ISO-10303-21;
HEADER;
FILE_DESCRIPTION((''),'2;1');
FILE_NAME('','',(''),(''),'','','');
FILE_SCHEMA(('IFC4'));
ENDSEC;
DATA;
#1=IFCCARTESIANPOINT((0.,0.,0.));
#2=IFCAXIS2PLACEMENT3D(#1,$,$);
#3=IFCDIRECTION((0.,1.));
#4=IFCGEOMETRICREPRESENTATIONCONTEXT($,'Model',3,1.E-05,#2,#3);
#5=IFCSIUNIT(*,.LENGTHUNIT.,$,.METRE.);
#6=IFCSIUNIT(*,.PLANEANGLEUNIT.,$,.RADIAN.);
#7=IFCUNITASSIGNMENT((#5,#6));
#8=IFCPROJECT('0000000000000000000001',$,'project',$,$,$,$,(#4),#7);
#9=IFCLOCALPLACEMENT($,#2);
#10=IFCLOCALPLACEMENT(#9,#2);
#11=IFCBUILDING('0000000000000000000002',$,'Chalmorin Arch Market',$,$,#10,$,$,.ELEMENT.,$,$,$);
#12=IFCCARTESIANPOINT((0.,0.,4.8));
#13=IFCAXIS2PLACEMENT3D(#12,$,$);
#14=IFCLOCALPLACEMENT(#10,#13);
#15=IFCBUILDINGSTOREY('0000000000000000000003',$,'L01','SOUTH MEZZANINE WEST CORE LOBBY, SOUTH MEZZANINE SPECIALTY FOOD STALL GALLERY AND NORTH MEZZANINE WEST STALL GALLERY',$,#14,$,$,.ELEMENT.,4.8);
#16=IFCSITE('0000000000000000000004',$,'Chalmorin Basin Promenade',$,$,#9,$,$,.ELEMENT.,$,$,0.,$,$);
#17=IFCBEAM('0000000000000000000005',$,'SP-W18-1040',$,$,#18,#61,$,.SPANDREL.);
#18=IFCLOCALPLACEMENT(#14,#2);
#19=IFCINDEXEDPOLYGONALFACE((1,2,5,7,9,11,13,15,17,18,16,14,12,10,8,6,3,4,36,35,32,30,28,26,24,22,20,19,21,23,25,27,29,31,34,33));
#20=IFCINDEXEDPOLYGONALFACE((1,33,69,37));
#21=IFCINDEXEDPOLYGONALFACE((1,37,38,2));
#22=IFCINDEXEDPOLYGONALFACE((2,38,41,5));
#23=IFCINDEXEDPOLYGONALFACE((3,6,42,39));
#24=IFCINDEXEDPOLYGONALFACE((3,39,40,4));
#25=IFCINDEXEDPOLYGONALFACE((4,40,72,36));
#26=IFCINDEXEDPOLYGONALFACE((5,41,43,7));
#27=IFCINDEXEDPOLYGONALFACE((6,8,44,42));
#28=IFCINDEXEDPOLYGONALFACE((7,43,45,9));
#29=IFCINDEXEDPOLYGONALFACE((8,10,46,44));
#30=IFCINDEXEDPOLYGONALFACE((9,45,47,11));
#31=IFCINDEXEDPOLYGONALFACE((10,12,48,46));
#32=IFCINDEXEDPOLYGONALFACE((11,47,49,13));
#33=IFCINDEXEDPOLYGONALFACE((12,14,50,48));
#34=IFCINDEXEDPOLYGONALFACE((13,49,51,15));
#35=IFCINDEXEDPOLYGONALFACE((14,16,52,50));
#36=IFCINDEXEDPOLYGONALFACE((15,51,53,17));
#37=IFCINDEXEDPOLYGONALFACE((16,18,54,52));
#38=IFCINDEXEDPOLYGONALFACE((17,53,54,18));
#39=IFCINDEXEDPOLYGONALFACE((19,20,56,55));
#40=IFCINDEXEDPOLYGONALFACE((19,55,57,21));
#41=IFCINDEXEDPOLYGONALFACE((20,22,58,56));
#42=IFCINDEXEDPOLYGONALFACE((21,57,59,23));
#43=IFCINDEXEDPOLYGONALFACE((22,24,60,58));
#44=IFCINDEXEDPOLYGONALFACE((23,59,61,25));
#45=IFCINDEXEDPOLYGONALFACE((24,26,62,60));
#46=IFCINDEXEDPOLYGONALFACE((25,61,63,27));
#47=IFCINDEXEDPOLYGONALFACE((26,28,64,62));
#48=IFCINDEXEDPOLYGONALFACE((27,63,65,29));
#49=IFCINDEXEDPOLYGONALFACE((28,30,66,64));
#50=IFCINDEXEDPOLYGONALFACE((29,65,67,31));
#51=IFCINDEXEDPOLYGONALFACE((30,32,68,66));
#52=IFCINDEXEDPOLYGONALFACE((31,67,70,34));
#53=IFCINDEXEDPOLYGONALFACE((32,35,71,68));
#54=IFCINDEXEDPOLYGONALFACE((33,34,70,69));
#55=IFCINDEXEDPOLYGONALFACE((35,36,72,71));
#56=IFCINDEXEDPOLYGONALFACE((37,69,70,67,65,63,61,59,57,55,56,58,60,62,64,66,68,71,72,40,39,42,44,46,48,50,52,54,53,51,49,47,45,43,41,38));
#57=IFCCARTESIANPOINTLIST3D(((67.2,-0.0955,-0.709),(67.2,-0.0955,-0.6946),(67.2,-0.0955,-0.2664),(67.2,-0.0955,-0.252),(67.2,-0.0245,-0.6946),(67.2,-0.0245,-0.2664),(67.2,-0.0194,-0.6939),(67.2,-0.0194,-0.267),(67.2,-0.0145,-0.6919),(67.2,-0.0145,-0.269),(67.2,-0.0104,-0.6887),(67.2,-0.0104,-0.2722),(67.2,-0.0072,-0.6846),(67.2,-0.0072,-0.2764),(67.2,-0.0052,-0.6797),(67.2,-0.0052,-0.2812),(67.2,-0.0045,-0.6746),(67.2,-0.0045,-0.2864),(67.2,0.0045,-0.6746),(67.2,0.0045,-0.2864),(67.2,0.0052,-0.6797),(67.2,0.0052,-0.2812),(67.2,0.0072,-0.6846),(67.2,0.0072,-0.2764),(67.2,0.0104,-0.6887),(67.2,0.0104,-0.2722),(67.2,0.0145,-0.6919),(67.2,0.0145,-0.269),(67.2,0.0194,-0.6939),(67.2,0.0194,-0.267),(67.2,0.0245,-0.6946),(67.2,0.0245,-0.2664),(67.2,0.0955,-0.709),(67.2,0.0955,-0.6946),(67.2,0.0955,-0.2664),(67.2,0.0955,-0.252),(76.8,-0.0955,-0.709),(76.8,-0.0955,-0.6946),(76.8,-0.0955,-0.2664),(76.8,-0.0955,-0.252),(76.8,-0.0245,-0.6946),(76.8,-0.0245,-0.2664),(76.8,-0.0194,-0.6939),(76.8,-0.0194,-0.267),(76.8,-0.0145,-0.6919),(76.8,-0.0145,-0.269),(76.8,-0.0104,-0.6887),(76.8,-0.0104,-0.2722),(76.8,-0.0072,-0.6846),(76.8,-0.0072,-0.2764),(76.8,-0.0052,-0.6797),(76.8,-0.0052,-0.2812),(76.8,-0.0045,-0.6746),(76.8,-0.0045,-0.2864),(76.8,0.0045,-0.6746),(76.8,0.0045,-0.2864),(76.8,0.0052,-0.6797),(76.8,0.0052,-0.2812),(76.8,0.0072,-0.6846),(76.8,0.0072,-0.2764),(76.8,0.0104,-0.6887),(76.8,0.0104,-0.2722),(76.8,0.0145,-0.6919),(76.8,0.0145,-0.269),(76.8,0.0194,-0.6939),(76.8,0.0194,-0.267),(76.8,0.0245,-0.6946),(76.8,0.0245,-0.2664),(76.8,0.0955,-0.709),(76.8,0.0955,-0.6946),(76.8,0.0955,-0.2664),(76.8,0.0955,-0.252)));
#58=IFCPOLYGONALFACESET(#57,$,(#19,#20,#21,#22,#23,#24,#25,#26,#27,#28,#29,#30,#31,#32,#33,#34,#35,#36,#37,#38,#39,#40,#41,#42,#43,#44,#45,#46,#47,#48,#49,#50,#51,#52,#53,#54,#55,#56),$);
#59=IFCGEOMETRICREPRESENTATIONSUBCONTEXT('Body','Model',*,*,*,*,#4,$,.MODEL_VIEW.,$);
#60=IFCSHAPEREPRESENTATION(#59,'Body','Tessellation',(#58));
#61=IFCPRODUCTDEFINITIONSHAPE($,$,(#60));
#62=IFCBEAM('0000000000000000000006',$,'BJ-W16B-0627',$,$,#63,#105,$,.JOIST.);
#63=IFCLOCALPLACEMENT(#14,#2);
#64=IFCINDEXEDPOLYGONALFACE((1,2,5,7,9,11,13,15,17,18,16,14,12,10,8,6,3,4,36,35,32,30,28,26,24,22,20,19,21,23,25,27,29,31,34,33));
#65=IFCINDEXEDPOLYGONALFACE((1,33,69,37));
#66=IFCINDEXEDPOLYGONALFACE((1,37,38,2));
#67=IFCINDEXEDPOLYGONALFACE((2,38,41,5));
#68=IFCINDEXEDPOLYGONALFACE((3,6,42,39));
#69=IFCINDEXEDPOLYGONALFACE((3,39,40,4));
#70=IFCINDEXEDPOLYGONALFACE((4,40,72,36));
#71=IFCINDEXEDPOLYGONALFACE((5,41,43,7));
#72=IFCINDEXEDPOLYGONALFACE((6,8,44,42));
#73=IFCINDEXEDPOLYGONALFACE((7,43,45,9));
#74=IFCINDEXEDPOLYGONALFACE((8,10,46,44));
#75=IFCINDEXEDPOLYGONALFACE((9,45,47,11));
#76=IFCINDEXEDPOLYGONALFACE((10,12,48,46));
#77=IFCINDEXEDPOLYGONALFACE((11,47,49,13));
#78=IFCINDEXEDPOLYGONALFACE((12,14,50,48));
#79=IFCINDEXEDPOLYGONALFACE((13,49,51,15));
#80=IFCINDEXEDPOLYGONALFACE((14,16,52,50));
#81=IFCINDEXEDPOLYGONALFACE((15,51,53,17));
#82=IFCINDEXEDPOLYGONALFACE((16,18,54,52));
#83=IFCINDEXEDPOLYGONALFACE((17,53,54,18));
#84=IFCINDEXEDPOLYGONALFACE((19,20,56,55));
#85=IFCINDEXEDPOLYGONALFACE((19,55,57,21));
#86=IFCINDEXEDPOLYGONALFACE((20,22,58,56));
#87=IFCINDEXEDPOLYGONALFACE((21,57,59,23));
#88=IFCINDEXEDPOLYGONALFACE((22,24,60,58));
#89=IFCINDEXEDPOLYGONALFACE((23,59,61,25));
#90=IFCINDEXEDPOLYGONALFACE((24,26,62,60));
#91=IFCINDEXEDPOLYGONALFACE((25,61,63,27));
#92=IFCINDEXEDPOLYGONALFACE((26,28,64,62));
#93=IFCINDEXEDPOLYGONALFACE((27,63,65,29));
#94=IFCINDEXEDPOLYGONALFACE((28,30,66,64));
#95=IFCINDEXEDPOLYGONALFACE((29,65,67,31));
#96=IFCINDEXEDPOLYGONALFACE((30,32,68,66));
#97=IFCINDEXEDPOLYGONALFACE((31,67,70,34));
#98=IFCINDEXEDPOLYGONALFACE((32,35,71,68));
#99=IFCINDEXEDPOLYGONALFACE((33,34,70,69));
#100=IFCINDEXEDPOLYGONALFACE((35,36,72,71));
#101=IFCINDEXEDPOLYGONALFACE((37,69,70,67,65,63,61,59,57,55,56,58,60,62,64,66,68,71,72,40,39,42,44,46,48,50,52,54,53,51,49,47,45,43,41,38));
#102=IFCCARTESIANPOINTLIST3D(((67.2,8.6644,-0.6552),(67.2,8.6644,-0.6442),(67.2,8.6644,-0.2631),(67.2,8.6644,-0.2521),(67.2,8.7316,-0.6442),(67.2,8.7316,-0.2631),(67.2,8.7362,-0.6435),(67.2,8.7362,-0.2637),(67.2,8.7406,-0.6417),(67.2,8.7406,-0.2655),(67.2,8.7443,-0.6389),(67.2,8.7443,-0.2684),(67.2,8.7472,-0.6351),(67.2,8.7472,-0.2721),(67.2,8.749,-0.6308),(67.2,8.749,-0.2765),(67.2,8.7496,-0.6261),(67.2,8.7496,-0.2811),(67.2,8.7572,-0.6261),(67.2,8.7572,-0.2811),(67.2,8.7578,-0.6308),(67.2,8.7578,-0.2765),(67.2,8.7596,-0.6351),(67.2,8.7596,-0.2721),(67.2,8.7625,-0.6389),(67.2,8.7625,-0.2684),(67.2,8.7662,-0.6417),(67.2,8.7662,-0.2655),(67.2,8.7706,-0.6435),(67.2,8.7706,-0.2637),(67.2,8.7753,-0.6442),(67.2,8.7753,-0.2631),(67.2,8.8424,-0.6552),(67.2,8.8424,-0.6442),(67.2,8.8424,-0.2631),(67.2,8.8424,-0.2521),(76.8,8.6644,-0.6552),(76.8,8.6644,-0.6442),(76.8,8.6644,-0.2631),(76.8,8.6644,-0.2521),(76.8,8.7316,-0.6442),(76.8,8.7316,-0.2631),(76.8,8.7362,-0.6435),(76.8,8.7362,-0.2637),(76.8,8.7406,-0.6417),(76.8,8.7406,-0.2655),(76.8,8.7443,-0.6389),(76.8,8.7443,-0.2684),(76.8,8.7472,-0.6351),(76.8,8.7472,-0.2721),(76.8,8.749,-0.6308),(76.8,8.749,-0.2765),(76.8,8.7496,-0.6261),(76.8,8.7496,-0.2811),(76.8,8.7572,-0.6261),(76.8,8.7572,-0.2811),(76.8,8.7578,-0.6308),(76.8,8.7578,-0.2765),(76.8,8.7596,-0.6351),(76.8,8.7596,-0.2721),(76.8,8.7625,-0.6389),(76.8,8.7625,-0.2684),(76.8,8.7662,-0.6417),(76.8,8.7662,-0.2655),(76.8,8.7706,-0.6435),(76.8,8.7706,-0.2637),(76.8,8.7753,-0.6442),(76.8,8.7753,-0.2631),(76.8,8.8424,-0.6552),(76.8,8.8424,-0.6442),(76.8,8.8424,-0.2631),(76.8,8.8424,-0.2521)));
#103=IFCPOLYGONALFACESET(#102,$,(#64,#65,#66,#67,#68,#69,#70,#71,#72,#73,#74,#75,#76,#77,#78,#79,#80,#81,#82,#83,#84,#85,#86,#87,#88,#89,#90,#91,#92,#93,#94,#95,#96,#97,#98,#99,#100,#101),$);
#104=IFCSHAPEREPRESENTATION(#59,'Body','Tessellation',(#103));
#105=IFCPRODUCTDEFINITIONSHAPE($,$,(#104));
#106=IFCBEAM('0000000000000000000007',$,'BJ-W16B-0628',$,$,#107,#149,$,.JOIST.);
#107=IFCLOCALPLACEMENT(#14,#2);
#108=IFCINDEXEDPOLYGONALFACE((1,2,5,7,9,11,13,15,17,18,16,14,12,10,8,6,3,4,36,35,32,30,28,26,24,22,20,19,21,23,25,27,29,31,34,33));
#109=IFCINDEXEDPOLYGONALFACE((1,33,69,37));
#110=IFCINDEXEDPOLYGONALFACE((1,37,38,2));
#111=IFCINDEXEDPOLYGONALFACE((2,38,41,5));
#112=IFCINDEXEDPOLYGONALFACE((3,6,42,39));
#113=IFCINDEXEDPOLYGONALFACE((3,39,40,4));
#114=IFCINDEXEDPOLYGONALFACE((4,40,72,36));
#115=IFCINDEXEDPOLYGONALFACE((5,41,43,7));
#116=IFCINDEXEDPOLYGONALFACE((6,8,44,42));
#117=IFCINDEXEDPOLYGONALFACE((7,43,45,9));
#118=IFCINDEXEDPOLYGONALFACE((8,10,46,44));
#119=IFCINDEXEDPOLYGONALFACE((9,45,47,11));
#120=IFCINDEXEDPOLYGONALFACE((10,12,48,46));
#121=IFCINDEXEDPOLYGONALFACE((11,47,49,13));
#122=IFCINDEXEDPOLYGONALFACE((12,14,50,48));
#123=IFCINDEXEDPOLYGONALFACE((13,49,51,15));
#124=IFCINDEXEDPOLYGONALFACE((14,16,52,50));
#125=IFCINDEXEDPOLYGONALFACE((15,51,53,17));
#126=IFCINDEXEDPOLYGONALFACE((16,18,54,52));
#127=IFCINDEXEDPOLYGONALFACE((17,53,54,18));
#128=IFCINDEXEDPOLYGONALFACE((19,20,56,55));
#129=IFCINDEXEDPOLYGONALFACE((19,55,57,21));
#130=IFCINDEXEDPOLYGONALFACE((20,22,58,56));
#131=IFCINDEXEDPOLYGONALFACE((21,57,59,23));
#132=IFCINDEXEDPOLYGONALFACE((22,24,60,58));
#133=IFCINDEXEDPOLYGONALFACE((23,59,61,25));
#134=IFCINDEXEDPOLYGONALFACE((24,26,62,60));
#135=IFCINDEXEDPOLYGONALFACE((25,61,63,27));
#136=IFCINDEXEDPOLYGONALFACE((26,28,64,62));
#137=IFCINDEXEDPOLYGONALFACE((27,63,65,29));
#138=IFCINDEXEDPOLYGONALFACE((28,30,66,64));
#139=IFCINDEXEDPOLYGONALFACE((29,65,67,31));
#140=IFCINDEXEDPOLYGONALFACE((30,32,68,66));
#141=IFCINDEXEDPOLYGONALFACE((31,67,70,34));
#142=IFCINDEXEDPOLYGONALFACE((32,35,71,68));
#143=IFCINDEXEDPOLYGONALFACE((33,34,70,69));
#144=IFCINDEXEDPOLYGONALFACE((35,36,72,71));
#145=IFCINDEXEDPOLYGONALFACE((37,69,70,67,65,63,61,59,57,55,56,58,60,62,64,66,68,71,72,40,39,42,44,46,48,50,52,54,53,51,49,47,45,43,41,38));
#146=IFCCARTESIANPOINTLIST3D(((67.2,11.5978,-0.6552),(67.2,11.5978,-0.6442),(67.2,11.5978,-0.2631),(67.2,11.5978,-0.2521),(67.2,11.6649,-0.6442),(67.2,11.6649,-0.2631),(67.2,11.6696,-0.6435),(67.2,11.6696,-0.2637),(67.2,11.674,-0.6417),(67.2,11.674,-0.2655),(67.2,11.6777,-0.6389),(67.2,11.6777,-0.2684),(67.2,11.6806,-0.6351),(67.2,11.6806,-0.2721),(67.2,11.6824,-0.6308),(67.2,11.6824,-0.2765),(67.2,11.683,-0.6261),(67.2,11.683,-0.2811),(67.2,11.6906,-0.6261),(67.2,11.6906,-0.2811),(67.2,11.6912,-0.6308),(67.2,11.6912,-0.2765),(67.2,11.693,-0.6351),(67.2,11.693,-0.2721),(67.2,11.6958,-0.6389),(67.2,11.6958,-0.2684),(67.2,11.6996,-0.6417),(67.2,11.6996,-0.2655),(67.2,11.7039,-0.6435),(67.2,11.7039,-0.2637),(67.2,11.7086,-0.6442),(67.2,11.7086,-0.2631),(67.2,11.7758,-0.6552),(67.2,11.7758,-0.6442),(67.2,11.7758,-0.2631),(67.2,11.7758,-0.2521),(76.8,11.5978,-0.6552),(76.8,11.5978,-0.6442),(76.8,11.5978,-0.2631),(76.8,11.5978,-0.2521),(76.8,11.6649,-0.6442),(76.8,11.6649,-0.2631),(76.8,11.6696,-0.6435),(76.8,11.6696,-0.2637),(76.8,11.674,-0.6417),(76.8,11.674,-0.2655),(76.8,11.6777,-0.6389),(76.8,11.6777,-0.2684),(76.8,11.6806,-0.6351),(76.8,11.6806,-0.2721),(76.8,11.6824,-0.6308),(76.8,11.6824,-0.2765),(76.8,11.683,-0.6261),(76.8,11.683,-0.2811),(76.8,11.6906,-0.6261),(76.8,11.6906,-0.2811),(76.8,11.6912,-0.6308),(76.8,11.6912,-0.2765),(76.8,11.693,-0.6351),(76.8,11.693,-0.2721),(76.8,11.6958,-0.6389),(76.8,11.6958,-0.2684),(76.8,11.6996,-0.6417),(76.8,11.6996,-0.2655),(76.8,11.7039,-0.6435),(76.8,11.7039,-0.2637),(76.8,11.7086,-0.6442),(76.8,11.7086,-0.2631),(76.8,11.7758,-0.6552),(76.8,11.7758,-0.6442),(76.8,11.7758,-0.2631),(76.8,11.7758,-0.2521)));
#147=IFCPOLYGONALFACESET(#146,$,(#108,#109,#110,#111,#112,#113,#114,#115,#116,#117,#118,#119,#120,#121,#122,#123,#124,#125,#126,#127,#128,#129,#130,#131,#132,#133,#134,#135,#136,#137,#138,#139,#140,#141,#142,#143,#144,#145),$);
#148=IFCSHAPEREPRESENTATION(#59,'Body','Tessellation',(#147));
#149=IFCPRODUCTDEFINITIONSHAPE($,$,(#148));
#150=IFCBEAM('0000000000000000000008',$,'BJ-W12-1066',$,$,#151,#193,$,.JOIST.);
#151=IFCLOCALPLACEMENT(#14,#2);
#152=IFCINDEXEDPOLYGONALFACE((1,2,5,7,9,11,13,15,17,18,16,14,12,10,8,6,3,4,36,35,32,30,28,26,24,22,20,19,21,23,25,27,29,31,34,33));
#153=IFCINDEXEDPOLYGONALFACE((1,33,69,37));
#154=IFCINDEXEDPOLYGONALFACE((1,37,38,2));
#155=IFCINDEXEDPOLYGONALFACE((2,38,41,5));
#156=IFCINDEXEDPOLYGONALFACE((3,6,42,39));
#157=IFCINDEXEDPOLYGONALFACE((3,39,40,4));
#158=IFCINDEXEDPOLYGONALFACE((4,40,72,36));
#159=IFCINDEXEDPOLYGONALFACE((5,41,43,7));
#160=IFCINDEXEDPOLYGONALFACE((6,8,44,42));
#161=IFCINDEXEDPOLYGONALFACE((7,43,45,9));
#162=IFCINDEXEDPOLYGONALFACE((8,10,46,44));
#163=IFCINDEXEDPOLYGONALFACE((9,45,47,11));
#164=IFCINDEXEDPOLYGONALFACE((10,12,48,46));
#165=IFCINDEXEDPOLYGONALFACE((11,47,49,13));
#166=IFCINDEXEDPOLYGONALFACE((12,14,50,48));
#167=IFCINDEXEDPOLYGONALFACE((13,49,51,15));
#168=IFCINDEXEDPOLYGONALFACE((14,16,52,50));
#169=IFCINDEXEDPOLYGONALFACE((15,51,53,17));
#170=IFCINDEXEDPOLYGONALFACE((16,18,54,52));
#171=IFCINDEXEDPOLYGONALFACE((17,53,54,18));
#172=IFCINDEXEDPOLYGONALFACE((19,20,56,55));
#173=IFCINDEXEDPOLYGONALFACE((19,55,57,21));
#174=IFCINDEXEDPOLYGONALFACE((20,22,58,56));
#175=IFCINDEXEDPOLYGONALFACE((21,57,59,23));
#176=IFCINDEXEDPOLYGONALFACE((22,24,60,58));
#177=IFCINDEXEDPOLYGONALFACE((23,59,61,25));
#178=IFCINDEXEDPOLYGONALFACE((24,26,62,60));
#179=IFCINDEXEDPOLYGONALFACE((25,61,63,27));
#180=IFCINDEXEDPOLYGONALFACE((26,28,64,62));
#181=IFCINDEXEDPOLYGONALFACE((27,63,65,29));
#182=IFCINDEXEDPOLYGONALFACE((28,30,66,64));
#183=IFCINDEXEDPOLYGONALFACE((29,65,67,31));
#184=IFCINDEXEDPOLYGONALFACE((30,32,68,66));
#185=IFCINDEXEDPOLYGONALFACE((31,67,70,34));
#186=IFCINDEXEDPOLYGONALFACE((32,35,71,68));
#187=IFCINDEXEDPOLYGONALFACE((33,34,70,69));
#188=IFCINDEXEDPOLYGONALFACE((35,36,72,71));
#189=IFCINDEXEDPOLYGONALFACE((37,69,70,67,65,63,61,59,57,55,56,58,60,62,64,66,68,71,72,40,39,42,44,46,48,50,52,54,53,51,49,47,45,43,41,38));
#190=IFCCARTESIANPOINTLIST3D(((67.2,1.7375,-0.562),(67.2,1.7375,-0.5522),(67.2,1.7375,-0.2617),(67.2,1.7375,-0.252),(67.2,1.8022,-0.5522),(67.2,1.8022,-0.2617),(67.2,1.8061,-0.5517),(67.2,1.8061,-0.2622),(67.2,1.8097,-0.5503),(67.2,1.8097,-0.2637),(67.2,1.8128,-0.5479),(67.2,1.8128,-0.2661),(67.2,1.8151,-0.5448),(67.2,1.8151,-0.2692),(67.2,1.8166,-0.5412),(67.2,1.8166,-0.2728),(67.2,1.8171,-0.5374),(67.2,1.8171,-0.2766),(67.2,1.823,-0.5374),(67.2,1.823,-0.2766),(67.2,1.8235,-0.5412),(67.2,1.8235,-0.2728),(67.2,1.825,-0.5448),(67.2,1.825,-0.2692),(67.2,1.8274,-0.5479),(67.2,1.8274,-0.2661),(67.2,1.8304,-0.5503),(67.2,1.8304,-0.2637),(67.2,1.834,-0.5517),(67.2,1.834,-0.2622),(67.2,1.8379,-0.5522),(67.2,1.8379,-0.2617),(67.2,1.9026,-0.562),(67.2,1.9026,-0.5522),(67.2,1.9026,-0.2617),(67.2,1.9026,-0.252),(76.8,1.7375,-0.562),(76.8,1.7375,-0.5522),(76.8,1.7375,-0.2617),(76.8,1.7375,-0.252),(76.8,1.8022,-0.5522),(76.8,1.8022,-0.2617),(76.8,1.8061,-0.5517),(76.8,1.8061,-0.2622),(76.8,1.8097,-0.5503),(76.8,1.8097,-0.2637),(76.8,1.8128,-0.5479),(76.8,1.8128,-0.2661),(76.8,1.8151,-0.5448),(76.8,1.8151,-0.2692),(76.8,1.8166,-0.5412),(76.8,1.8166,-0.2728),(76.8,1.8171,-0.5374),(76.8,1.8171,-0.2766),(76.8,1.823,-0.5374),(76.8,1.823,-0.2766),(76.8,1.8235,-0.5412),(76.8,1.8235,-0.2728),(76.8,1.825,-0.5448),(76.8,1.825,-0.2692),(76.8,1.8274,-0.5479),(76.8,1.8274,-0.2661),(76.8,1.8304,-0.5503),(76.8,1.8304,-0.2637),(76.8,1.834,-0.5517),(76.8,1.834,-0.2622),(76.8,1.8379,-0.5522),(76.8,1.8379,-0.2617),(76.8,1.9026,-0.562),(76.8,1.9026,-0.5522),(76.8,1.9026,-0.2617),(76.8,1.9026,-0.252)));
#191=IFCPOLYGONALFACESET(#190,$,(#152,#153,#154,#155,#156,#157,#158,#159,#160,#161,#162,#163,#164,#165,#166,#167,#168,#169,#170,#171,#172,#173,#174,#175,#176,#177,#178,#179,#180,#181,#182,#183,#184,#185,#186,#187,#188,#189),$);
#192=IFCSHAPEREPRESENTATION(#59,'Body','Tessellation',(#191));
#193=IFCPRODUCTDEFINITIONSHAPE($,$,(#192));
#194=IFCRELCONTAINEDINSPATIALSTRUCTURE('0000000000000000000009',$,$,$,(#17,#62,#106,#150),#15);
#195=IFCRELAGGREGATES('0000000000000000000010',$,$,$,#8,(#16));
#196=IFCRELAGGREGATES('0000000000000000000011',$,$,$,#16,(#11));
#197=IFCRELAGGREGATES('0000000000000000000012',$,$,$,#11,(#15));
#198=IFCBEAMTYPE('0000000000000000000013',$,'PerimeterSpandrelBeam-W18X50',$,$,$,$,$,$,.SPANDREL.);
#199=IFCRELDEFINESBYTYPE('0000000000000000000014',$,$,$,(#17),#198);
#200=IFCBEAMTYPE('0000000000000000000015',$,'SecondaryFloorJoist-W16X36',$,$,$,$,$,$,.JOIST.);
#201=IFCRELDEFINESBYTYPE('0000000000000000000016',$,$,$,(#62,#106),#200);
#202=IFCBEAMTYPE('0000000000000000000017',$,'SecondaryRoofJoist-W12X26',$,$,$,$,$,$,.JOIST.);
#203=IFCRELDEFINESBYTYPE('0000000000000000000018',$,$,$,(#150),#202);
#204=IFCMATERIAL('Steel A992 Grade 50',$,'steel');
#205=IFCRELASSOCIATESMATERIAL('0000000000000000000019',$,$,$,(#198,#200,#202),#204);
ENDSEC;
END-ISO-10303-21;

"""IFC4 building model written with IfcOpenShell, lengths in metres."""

from ifc_helpers import new_model, si_unit, direction, frame, origin, origin_2d, place, context, subcontext, project, spatial, i_section, extrude, material, material_profile, profile_set, type_object, element, save


model = new_model("IFC4")

# Units and contexts
model_context = context("Model", 3, precision=1e-05, world=origin(), true_north=direction((0.0, 1.0)))
body_context = subcontext(model_context, "Body", "Model", "MODEL_VIEW")
ifc_project = project(units=[si_unit("LENGTHUNIT", "METRE"), si_unit("PLANEANGLEUNIT", "RADIAN")], contexts=[model_context])

# Site, building, storey
site_placement = place(None, origin())
site = spatial("IfcSite", under=ifc_project, at=site_placement, Name="Chalmorin Basin Promenade", CompositionType="ELEMENT", RefElevation=0.0)
building_placement = place(site_placement, origin())
building = spatial("IfcBuilding", under=site, at=building_placement, Name="Chalmorin Arch Market", CompositionType="ELEMENT")
storey_placement = place(building_placement, frame((0.0, 0.0, 4.8)))
storey = spatial("IfcBuildingStorey", under=building, at=storey_placement, Name="L01", Description="SOUTH MEZZANINE WEST CORE LOBBY, SOUTH MEZZANINE SPECIALTY FOOD STALL GALLERY AND NORTH MEZZANINE WEST STALL GALLERY", CompositionType="ELEMENT", Elevation=4.8)

# Beams
ifc_material_1 = material(Name="Steel A992 Grade 50", Category="steel")
ifc_material_profile_1 = material_profile(ifc_material_1, i_section(OverallWidth=0.1909, OverallDepth=0.457, WebThickness=0.009, FlangeThickness=0.0144, FilletRadius=0.02, at=origin_2d()), Name="W18X50")
ifc_profile_set_1 = profile_set([ifc_material_profile_1], Name="Steel A992 Grade 50")
beam_type_1 = type_object("IfcBeamType", Name="PerimeterSpandrelBeam-W18X50", PredefinedType="SPANDREL", material=ifc_profile_set_1)
for number, where, z_axis, x_axis, name in (
    (1, (67.2, 0.0, -0.4805), (1.0, 0.0, 0.0), (0.0, 1.0, 0.0), "SP-W18-1040"),
):
    element("IfcBeam", number, at=place(storey_placement, frame(where, z_axis=z_axis, x_axis=x_axis)), inside=storey, type_object=beam_type_1, Name=name, PredefinedType="SPANDREL", context=body_context, shape_type="SweptSolid", body=[
        extrude(i_section(OverallWidth=0.1909, OverallDepth=0.457, WebThickness=0.009, FlangeThickness=0.0144, FilletRadius=0.02, at=origin_2d()), origin(), (0.0, 0.0, 1.0), 9.6001),
    ])
ifc_material_profile_2 = material_profile(ifc_material_1, i_section(OverallWidth=0.178, OverallDepth=0.4031, WebThickness=0.0076, FlangeThickness=0.011, FilletRadius=0.0181, at=origin_2d()), Name="W16X36")
ifc_profile_set_2 = profile_set([ifc_material_profile_2], Name="Steel A992 Grade 50")
beam_type_2 = type_object("IfcBeamType", Name="SecondaryFloorJoist-W16X36", PredefinedType="JOIST", material=ifc_profile_set_2)
for number, where, z_axis, x_axis, name in (
    (2, (67.2, 8.7534, -0.4536), (1.0, 0.0, 0.0), (0.0, 1.0, 0.0), "BJ-W16B-0627"),
    (3, (67.2, 11.6868, -0.4536), (1.0, 0.0, 0.0), (0.0, 1.0, 0.0), "BJ-W16B-0628"),
):
    element("IfcBeam", number, at=place(storey_placement, frame(where, z_axis=z_axis, x_axis=x_axis)), inside=storey, type_object=beam_type_2, Name=name, PredefinedType="JOIST", context=body_context, shape_type="SweptSolid", body=[
        extrude(i_section(OverallWidth=0.178, OverallDepth=0.4031, WebThickness=0.0076, FlangeThickness=0.011, FilletRadius=0.0181, at=origin_2d()), origin(), (0.0, 0.0, 1.0), 9.6001),
    ])
ifc_material_profile_3 = material_profile(ifc_material_1, i_section(OverallWidth=0.165, OverallDepth=0.3101, WebThickness=0.0059, FlangeThickness=0.0098, FilletRadius=0.0149, at=origin_2d()), Name="W12X26")
ifc_profile_set_3 = profile_set([ifc_material_profile_3], Name="Steel A992 Grade 50")
beam_type_3 = type_object("IfcBeamType", Name="SecondaryRoofJoist-W12X26", PredefinedType="JOIST", material=ifc_profile_set_3)
for number, where, z_axis, x_axis, name in (
    (4, (67.2, 1.8201, -0.407), (1.0, 0.0, 0.0), (0.0, 1.0, 0.0), "BJ-W12-1066"),
):
    element("IfcBeam", number, at=place(storey_placement, frame(where, z_axis=z_axis, x_axis=x_axis)), inside=storey, type_object=beam_type_3, Name=name, PredefinedType="JOIST", context=body_context, shape_type="SweptSolid", body=[
        extrude(i_section(OverallWidth=0.165, OverallDepth=0.3101, WebThickness=0.0059, FlangeThickness=0.0098, FilletRadius=0.0149, at=origin_2d()), origin(), (0.0, 0.0, 1.0), 9.6001),
    ])

save(model, "model.ifc")
